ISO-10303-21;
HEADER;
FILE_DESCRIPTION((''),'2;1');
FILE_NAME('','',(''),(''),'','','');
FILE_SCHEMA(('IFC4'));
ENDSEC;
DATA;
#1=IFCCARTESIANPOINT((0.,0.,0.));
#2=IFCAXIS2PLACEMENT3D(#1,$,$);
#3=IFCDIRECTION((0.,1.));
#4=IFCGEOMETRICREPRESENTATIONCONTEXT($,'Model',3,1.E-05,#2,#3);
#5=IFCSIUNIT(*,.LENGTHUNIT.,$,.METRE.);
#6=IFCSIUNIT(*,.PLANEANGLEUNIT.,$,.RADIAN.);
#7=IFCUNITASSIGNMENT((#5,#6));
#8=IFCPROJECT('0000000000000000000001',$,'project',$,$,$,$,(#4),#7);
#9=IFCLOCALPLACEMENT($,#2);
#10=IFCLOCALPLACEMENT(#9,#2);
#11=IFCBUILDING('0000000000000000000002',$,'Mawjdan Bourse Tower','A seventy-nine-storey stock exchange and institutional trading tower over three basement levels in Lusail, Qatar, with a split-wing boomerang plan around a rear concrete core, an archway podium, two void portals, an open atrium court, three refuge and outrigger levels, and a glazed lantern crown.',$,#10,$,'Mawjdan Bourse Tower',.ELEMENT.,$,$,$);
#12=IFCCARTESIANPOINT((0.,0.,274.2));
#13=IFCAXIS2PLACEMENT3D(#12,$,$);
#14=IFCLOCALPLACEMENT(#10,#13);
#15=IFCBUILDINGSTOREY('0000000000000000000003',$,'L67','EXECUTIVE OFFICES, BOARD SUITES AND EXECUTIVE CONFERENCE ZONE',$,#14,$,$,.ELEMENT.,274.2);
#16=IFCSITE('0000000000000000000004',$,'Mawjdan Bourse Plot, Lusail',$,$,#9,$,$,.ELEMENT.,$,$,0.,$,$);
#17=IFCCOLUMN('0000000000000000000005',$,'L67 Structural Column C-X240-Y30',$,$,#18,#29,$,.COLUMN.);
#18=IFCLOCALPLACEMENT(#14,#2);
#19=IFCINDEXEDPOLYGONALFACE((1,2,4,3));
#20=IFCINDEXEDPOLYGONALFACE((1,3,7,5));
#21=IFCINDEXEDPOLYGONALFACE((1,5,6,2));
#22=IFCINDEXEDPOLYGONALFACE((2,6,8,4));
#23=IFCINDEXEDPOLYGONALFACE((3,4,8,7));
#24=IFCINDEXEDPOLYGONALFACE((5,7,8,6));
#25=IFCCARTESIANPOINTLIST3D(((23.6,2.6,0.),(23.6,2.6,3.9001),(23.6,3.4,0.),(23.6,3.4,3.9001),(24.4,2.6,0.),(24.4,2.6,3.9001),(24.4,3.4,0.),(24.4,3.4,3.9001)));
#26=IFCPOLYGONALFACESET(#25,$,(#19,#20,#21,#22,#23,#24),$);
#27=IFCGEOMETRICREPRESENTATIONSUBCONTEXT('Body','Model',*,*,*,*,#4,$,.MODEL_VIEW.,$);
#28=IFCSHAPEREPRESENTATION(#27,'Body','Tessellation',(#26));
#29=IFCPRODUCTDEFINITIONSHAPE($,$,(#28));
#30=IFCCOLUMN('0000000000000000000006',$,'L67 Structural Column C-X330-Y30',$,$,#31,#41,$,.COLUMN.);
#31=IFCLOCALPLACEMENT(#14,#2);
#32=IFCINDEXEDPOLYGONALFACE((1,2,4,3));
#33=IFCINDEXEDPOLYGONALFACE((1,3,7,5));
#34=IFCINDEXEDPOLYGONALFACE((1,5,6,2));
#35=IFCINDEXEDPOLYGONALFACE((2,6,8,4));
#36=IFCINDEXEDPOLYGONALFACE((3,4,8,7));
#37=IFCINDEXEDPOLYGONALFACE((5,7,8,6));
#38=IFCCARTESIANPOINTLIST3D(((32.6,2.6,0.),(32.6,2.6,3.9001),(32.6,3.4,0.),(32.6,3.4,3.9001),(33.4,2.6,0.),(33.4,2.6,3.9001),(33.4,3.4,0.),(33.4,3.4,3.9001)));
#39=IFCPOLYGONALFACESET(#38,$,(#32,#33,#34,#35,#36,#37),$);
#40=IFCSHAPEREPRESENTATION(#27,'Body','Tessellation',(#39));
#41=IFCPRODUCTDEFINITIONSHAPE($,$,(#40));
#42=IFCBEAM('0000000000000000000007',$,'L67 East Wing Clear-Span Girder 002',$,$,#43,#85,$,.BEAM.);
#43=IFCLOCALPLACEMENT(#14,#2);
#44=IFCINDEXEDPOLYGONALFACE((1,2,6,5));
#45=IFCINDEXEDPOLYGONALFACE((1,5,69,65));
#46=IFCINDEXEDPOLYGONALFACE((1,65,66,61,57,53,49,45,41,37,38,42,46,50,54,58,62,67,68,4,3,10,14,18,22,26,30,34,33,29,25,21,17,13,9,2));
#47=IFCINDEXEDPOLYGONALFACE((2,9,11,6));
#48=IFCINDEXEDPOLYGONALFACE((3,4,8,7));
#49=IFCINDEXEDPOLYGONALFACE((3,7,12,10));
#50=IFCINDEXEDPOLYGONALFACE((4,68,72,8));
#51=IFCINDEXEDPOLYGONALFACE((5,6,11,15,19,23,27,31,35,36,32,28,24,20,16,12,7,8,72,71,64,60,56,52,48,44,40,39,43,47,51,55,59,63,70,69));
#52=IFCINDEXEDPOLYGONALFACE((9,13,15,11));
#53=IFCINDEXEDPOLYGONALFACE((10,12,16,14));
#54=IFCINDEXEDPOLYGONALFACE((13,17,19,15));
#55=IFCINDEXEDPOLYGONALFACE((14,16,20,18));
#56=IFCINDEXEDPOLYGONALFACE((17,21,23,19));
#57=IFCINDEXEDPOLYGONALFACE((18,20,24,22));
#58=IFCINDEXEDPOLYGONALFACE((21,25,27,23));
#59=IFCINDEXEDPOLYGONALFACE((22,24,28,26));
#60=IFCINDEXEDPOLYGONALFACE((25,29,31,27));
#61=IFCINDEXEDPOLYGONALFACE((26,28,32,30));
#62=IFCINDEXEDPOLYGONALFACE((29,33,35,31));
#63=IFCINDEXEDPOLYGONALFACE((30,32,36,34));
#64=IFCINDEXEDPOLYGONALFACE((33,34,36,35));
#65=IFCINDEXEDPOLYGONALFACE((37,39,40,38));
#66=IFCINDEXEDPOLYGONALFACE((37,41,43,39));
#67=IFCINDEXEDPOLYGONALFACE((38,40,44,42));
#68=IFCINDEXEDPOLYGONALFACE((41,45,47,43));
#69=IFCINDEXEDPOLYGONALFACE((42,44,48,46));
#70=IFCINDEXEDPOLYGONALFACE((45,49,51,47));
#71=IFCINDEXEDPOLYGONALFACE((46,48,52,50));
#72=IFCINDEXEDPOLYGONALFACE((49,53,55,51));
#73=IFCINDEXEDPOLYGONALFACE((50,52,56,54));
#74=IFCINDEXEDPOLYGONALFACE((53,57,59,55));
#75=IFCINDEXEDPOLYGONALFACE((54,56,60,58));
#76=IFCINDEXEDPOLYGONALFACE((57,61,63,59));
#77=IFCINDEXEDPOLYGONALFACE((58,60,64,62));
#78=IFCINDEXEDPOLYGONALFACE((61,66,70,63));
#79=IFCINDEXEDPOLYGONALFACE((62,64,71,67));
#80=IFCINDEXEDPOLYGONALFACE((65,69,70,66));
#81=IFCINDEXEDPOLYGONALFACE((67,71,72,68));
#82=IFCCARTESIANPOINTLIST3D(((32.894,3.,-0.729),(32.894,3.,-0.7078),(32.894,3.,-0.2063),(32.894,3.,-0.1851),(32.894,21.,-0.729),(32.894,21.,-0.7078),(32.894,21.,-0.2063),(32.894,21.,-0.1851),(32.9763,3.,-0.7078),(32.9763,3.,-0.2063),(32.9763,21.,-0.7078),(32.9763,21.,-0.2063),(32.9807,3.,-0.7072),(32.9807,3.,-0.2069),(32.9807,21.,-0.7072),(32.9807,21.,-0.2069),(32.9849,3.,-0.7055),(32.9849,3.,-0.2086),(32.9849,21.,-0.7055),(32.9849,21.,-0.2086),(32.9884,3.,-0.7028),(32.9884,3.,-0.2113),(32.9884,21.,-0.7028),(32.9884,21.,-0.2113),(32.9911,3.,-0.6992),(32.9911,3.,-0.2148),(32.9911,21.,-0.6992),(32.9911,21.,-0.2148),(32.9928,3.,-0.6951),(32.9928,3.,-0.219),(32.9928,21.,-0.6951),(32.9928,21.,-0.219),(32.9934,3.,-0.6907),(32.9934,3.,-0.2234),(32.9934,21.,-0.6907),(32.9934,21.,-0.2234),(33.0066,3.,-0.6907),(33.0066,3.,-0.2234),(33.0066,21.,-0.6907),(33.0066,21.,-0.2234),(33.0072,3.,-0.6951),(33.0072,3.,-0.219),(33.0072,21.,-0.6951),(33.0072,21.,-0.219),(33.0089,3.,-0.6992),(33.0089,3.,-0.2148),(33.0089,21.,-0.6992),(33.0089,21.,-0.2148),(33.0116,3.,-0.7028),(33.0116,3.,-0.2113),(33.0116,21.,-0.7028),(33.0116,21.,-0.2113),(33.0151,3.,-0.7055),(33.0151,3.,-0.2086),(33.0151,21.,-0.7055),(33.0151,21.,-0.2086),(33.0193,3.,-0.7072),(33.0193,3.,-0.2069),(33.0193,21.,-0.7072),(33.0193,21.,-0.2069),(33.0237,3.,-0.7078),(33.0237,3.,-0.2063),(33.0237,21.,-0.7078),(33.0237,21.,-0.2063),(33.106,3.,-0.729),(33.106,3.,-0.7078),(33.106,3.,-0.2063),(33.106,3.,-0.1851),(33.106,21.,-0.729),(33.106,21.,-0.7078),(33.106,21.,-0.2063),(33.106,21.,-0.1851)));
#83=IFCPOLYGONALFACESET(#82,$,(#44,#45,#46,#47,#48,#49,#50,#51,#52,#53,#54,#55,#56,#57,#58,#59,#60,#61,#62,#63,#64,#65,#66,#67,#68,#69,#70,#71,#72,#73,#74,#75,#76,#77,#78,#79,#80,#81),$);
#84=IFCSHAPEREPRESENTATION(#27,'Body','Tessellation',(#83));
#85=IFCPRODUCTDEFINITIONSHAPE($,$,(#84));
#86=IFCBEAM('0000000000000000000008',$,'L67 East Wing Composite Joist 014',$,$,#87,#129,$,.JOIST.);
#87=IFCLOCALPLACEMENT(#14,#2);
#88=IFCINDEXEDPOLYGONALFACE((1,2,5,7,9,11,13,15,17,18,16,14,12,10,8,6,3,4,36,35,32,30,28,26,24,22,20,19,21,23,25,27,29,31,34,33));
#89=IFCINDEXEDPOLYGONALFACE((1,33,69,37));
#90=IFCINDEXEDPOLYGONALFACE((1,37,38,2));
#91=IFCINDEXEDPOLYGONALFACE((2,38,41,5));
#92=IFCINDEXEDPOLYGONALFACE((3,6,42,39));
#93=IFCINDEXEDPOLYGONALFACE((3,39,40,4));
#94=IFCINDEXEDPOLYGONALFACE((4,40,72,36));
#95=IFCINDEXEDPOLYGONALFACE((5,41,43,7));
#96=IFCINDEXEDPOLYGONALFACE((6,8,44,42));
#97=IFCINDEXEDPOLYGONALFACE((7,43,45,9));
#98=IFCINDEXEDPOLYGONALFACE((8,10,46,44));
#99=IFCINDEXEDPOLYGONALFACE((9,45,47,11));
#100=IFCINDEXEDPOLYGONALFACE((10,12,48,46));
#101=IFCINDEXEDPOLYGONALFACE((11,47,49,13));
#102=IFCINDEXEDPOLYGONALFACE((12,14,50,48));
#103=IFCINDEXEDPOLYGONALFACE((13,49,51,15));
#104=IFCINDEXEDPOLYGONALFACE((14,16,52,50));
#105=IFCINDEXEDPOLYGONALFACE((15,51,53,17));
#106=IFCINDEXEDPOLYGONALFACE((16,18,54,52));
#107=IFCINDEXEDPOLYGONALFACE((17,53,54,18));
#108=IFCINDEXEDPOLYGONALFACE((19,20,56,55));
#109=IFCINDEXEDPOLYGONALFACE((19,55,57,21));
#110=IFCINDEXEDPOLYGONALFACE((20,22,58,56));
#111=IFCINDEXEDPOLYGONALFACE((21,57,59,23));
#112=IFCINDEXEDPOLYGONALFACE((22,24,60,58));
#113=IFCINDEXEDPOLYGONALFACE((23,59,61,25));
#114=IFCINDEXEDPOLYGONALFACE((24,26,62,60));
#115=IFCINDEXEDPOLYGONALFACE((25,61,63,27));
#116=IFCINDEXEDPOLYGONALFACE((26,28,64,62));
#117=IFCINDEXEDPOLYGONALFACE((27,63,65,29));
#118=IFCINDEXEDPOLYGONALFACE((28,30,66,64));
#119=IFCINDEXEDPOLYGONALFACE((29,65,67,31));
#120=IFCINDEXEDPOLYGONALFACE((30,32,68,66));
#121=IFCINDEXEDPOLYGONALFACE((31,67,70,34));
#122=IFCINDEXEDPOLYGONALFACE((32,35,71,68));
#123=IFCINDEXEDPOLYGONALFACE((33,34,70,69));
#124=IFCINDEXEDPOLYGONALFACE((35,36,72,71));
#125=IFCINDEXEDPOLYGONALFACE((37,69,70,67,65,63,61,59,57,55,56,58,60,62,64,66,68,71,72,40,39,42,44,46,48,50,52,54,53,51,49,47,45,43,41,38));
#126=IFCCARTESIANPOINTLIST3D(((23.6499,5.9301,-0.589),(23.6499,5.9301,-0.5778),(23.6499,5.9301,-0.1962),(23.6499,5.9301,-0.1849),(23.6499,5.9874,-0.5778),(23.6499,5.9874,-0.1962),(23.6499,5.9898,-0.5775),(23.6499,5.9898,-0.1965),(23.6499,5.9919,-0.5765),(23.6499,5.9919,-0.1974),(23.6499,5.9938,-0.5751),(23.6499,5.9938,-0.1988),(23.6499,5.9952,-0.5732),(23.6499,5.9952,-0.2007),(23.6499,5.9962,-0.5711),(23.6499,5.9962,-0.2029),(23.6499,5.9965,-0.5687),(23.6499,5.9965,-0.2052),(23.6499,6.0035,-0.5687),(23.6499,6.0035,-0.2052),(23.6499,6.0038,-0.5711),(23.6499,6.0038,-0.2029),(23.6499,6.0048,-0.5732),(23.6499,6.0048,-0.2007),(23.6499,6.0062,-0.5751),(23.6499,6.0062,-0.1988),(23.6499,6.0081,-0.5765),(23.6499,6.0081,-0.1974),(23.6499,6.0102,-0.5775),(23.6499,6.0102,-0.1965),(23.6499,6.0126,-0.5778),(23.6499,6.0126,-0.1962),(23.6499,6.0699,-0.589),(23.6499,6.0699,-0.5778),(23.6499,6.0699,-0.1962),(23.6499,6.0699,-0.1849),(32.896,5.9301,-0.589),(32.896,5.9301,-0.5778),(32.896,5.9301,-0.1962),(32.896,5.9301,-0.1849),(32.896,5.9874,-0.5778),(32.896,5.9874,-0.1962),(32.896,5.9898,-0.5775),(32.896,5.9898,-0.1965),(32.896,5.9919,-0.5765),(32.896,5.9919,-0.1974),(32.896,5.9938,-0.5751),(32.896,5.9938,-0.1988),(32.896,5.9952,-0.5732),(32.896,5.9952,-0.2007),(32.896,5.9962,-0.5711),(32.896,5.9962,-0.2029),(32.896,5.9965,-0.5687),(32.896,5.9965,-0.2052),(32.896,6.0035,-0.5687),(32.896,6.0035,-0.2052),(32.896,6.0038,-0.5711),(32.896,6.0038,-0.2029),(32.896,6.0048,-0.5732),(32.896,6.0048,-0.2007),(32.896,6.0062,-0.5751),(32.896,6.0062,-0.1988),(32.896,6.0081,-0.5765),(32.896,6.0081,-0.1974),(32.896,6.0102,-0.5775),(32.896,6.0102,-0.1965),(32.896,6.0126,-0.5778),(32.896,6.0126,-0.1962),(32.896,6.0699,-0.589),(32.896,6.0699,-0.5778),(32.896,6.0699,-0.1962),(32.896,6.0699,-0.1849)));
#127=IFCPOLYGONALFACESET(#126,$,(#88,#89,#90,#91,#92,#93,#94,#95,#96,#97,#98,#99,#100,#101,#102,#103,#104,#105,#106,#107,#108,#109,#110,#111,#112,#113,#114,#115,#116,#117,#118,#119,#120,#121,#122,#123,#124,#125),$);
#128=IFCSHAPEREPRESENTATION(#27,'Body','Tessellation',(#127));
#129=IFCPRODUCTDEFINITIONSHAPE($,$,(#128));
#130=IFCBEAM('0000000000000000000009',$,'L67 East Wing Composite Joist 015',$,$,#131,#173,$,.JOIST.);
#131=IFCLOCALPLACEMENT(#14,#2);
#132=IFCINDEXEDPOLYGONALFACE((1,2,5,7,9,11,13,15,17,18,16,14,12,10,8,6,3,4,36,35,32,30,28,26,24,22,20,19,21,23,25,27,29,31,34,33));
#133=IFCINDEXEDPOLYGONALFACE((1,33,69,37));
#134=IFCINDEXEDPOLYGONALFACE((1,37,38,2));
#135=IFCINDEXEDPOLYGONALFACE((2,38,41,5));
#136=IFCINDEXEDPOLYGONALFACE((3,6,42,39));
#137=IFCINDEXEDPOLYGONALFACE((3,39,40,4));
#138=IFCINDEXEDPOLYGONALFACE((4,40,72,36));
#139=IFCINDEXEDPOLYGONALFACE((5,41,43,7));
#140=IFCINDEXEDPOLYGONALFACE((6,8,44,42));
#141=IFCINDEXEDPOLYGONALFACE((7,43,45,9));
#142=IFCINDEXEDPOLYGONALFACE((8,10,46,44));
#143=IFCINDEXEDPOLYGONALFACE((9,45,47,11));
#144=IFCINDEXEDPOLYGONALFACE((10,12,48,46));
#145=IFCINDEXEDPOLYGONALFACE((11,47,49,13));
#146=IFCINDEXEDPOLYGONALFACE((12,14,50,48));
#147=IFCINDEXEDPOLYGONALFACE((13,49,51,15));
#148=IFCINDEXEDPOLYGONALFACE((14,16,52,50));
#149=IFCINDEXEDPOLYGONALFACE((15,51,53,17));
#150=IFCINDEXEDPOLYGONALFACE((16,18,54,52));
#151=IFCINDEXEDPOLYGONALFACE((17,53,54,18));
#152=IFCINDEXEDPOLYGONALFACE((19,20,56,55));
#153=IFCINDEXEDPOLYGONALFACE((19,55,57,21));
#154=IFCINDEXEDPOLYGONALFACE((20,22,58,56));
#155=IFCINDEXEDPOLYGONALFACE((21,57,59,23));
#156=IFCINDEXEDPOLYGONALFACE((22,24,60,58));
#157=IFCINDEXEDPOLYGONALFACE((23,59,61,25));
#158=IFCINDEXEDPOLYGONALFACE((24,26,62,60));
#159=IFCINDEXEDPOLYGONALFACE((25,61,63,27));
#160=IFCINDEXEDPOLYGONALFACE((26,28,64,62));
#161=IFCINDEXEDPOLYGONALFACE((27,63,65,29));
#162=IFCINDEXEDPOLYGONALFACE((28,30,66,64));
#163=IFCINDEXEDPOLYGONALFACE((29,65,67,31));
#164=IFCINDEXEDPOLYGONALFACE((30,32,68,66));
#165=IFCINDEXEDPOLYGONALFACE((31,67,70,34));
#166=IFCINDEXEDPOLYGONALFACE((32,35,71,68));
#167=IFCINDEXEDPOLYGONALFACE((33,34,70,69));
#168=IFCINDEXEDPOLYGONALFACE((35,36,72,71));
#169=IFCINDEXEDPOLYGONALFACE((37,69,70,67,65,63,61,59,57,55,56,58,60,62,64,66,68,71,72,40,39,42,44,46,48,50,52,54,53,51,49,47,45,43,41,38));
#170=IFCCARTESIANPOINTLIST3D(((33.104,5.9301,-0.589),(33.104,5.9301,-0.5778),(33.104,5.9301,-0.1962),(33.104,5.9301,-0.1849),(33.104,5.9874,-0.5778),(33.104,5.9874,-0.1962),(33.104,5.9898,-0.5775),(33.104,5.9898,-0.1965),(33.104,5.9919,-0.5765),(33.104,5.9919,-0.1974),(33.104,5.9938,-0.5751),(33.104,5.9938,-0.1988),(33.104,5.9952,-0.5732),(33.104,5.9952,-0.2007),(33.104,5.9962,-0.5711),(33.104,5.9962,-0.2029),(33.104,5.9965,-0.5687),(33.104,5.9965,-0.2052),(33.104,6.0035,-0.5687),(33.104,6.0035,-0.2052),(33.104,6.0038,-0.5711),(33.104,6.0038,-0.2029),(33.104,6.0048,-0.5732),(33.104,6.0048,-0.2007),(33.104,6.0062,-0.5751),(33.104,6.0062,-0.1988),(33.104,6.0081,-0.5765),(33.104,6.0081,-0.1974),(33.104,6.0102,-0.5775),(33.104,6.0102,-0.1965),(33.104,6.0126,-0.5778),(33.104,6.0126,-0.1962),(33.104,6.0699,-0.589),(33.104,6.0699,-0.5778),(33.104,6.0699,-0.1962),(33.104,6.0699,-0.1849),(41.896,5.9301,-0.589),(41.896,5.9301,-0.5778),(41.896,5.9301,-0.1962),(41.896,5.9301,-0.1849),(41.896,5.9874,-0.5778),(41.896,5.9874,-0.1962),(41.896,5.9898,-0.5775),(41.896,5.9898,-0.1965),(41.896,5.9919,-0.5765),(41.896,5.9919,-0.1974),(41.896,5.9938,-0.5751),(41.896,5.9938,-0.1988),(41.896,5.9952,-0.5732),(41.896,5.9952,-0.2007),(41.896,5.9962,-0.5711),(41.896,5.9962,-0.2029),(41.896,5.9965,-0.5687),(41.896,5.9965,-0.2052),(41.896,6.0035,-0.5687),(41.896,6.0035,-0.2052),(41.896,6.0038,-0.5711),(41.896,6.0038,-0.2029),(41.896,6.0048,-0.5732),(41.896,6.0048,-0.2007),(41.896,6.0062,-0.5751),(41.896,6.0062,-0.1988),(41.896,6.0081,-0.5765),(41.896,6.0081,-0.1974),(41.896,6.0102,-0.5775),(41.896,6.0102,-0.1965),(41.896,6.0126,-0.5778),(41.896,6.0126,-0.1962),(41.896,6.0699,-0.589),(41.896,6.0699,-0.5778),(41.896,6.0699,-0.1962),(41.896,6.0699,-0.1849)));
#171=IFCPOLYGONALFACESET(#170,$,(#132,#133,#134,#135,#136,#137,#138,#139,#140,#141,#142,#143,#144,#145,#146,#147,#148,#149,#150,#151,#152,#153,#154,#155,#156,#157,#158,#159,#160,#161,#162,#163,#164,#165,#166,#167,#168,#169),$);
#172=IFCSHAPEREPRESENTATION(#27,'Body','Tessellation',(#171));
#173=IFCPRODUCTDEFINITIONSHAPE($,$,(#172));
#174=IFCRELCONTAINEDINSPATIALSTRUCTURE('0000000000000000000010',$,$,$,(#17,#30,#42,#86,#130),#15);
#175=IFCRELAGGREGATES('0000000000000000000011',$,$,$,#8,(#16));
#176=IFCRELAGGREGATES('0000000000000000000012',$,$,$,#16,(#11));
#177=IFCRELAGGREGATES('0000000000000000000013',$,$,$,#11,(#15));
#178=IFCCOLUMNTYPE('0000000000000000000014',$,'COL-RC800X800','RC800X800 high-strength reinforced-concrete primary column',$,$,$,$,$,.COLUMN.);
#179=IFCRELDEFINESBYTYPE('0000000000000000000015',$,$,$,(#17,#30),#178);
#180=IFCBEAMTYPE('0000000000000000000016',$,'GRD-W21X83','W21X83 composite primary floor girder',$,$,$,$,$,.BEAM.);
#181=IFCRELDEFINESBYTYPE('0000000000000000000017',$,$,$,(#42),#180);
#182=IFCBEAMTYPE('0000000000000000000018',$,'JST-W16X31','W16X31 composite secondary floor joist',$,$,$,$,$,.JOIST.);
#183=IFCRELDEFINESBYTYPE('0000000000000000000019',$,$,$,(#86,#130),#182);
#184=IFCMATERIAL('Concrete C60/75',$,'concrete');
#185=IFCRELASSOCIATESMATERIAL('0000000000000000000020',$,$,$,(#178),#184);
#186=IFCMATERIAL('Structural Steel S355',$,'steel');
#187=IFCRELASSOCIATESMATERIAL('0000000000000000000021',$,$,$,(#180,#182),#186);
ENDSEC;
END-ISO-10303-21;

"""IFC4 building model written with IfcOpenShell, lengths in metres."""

from ifc_helpers import new_model, si_unit, direction, frame, origin, origin_2d, place, context, subcontext, project, spatial, rectangle, i_section, extrude, material, material_profile, profile_set, type_object, element, save


model = new_model("IFC4")

# Units and contexts
model_context = context("Model", 3, precision=1e-05, world=origin(), true_north=direction((0.0, 1.0)))
body_context = subcontext(model_context, "Body", "Model", "MODEL_VIEW")
ifc_project = project(units=[si_unit("LENGTHUNIT", "METRE"), si_unit("PLANEANGLEUNIT", "RADIAN")], contexts=[model_context])

# Site, building, storey
site_placement = place(None, origin())
site = spatial("IfcSite", under=ifc_project, at=site_placement, Name="Mawjdan Bourse Plot, Lusail", CompositionType="ELEMENT", RefElevation=0.0)
building_placement = place(site_placement, origin())
building = spatial("IfcBuilding", under=site, at=building_placement, Name="Mawjdan Bourse Tower", Description="A seventy-nine-storey stock exchange and institutional trading tower over three basement levels in Lusail, Qatar, with a split-wing boomerang plan around a rear concrete core, an archway podium, two void portals, an open atrium court, three refuge and outrigger levels, and a glazed lantern crown.", LongName="Mawjdan Bourse Tower", CompositionType="ELEMENT")
storey_placement = place(building_placement, frame((0.0, 0.0, 274.2)))
storey = spatial("IfcBuildingStorey", under=building, at=storey_placement, Name="L67", Description="EXECUTIVE OFFICES, BOARD SUITES AND EXECUTIVE CONFERENCE ZONE", CompositionType="ELEMENT", Elevation=274.2)

# Columns
ifc_material_1 = material(Name="Concrete C60/75", Category="concrete")
ifc_material_profile_1 = material_profile(ifc_material_1, rectangle(XDim=0.8, YDim=0.8, at=origin_2d()), Name="RC800X800")
ifc_profile_set_1 = profile_set([ifc_material_profile_1], Name="Concrete C60/75")
column_type = type_object("IfcColumnType", Name="COL-RC800X800", Description="RC800X800 high-strength reinforced-concrete primary column", PredefinedType="COLUMN", material=ifc_profile_set_1)
for number, where, z_axis, x_axis, name in (
    (1, (24.0, 3.0, 0.0), (0.0, 0.0, 1.0), (1.0, 0.0, 0.0), "L67 Structural Column C-X240-Y30"),
    (2, (33.0, 3.0, 0.0), (0.0, 0.0, 1.0), (1.0, 0.0, 0.0), "L67 Structural Column C-X330-Y30"),
):
    element("IfcColumn", number, at=place(storey_placement, frame(where, z_axis=z_axis, x_axis=x_axis)), inside=storey, type_object=column_type, Name=name, PredefinedType="COLUMN", context=body_context, shape_type="SweptSolid", body=[
        extrude(rectangle(XDim=0.8, YDim=0.8, at=origin_2d()), origin(), (0.0, 0.0, 1.0), 3.9001),
    ])

# Beams
ifc_material_2 = material(Name="Structural Steel S355", Category="steel")
ifc_material_profile_2 = material_profile(ifc_material_2, i_section(OverallWidth=0.2119, OverallDepth=0.5439, WebThickness=0.0132, FlangeThickness=0.0212, FilletRadius=0.0171, at=origin_2d()), Name="W21X83")
ifc_profile_set_2 = profile_set([ifc_material_profile_2], Name="Structural Steel S355")
beam_type_1 = type_object("IfcBeamType", Name="GRD-W21X83", Description="W21X83 composite primary floor girder", PredefinedType="BEAM", material=ifc_profile_set_2)
beam_1_placement = place(storey_placement, frame((33.0, 3.0, -0.457), z_axis=(0.0, 1.0, 0.0), x_axis=(-1.0, 0.0, 0.0)))
element("IfcBeam", 3, at=beam_1_placement, inside=storey, type_object=beam_type_1, Name="L67 East Wing Clear-Span Girder 002", PredefinedType="BEAM", context=body_context, shape_type="SweptSolid", body=[
    extrude(i_section(OverallWidth=0.2119, OverallDepth=0.5439, WebThickness=0.0132, FlangeThickness=0.0212, FilletRadius=0.0171, at=origin_2d()), origin(), (0.0, 0.0, 1.0), 18.0),
])
ifc_material_profile_3 = material_profile(ifc_material_2, i_section(OverallWidth=0.1399, OverallDepth=0.4041, WebThickness=0.0071, FlangeThickness=0.0112, FilletRadius=0.009, at=origin_2d()), Name="W16X31")
ifc_profile_set_3 = profile_set([ifc_material_profile_3], Name="Structural Steel S355")
beam_type_2 = type_object("IfcBeamType", Name="JST-W16X31", Description="W16X31 composite secondary floor joist", PredefinedType="JOIST", material=ifc_profile_set_3)
beam_2_placement = place(storey_placement, frame((23.6499, 6.0, -0.387), z_axis=(1.0, 0.0, 0.0), x_axis=(0.0, 1.0, 0.0)))
element("IfcBeam", 4, at=beam_2_placement, inside=storey, type_object=beam_type_2, Name="L67 East Wing Composite Joist 014", PredefinedType="JOIST", context=body_context, shape_type="SweptSolid", body=[
    extrude(i_section(OverallWidth=0.1399, OverallDepth=0.4041, WebThickness=0.0071, FlangeThickness=0.0112, FilletRadius=0.009, at=origin_2d()), origin(), (0.0, 0.0, 1.0), 9.2461),
])
beam_3_placement = place(storey_placement, frame((33.104, 6.0, -0.387), z_axis=(1.0, 0.0, 0.0), x_axis=(0.0, 1.0, 0.0)))
element("IfcBeam", 5, at=beam_3_placement, inside=storey, type_object=beam_type_2, Name="L67 East Wing Composite Joist 015", PredefinedType="JOIST", context=body_context, shape_type="SweptSolid", body=[
    extrude(i_section(OverallWidth=0.1399, OverallDepth=0.4041, WebThickness=0.0071, FlangeThickness=0.0112, FilletRadius=0.009, at=origin_2d()), origin(), (0.0, 0.0, 1.0), 8.792),
])

save(model, "model.ifc")
